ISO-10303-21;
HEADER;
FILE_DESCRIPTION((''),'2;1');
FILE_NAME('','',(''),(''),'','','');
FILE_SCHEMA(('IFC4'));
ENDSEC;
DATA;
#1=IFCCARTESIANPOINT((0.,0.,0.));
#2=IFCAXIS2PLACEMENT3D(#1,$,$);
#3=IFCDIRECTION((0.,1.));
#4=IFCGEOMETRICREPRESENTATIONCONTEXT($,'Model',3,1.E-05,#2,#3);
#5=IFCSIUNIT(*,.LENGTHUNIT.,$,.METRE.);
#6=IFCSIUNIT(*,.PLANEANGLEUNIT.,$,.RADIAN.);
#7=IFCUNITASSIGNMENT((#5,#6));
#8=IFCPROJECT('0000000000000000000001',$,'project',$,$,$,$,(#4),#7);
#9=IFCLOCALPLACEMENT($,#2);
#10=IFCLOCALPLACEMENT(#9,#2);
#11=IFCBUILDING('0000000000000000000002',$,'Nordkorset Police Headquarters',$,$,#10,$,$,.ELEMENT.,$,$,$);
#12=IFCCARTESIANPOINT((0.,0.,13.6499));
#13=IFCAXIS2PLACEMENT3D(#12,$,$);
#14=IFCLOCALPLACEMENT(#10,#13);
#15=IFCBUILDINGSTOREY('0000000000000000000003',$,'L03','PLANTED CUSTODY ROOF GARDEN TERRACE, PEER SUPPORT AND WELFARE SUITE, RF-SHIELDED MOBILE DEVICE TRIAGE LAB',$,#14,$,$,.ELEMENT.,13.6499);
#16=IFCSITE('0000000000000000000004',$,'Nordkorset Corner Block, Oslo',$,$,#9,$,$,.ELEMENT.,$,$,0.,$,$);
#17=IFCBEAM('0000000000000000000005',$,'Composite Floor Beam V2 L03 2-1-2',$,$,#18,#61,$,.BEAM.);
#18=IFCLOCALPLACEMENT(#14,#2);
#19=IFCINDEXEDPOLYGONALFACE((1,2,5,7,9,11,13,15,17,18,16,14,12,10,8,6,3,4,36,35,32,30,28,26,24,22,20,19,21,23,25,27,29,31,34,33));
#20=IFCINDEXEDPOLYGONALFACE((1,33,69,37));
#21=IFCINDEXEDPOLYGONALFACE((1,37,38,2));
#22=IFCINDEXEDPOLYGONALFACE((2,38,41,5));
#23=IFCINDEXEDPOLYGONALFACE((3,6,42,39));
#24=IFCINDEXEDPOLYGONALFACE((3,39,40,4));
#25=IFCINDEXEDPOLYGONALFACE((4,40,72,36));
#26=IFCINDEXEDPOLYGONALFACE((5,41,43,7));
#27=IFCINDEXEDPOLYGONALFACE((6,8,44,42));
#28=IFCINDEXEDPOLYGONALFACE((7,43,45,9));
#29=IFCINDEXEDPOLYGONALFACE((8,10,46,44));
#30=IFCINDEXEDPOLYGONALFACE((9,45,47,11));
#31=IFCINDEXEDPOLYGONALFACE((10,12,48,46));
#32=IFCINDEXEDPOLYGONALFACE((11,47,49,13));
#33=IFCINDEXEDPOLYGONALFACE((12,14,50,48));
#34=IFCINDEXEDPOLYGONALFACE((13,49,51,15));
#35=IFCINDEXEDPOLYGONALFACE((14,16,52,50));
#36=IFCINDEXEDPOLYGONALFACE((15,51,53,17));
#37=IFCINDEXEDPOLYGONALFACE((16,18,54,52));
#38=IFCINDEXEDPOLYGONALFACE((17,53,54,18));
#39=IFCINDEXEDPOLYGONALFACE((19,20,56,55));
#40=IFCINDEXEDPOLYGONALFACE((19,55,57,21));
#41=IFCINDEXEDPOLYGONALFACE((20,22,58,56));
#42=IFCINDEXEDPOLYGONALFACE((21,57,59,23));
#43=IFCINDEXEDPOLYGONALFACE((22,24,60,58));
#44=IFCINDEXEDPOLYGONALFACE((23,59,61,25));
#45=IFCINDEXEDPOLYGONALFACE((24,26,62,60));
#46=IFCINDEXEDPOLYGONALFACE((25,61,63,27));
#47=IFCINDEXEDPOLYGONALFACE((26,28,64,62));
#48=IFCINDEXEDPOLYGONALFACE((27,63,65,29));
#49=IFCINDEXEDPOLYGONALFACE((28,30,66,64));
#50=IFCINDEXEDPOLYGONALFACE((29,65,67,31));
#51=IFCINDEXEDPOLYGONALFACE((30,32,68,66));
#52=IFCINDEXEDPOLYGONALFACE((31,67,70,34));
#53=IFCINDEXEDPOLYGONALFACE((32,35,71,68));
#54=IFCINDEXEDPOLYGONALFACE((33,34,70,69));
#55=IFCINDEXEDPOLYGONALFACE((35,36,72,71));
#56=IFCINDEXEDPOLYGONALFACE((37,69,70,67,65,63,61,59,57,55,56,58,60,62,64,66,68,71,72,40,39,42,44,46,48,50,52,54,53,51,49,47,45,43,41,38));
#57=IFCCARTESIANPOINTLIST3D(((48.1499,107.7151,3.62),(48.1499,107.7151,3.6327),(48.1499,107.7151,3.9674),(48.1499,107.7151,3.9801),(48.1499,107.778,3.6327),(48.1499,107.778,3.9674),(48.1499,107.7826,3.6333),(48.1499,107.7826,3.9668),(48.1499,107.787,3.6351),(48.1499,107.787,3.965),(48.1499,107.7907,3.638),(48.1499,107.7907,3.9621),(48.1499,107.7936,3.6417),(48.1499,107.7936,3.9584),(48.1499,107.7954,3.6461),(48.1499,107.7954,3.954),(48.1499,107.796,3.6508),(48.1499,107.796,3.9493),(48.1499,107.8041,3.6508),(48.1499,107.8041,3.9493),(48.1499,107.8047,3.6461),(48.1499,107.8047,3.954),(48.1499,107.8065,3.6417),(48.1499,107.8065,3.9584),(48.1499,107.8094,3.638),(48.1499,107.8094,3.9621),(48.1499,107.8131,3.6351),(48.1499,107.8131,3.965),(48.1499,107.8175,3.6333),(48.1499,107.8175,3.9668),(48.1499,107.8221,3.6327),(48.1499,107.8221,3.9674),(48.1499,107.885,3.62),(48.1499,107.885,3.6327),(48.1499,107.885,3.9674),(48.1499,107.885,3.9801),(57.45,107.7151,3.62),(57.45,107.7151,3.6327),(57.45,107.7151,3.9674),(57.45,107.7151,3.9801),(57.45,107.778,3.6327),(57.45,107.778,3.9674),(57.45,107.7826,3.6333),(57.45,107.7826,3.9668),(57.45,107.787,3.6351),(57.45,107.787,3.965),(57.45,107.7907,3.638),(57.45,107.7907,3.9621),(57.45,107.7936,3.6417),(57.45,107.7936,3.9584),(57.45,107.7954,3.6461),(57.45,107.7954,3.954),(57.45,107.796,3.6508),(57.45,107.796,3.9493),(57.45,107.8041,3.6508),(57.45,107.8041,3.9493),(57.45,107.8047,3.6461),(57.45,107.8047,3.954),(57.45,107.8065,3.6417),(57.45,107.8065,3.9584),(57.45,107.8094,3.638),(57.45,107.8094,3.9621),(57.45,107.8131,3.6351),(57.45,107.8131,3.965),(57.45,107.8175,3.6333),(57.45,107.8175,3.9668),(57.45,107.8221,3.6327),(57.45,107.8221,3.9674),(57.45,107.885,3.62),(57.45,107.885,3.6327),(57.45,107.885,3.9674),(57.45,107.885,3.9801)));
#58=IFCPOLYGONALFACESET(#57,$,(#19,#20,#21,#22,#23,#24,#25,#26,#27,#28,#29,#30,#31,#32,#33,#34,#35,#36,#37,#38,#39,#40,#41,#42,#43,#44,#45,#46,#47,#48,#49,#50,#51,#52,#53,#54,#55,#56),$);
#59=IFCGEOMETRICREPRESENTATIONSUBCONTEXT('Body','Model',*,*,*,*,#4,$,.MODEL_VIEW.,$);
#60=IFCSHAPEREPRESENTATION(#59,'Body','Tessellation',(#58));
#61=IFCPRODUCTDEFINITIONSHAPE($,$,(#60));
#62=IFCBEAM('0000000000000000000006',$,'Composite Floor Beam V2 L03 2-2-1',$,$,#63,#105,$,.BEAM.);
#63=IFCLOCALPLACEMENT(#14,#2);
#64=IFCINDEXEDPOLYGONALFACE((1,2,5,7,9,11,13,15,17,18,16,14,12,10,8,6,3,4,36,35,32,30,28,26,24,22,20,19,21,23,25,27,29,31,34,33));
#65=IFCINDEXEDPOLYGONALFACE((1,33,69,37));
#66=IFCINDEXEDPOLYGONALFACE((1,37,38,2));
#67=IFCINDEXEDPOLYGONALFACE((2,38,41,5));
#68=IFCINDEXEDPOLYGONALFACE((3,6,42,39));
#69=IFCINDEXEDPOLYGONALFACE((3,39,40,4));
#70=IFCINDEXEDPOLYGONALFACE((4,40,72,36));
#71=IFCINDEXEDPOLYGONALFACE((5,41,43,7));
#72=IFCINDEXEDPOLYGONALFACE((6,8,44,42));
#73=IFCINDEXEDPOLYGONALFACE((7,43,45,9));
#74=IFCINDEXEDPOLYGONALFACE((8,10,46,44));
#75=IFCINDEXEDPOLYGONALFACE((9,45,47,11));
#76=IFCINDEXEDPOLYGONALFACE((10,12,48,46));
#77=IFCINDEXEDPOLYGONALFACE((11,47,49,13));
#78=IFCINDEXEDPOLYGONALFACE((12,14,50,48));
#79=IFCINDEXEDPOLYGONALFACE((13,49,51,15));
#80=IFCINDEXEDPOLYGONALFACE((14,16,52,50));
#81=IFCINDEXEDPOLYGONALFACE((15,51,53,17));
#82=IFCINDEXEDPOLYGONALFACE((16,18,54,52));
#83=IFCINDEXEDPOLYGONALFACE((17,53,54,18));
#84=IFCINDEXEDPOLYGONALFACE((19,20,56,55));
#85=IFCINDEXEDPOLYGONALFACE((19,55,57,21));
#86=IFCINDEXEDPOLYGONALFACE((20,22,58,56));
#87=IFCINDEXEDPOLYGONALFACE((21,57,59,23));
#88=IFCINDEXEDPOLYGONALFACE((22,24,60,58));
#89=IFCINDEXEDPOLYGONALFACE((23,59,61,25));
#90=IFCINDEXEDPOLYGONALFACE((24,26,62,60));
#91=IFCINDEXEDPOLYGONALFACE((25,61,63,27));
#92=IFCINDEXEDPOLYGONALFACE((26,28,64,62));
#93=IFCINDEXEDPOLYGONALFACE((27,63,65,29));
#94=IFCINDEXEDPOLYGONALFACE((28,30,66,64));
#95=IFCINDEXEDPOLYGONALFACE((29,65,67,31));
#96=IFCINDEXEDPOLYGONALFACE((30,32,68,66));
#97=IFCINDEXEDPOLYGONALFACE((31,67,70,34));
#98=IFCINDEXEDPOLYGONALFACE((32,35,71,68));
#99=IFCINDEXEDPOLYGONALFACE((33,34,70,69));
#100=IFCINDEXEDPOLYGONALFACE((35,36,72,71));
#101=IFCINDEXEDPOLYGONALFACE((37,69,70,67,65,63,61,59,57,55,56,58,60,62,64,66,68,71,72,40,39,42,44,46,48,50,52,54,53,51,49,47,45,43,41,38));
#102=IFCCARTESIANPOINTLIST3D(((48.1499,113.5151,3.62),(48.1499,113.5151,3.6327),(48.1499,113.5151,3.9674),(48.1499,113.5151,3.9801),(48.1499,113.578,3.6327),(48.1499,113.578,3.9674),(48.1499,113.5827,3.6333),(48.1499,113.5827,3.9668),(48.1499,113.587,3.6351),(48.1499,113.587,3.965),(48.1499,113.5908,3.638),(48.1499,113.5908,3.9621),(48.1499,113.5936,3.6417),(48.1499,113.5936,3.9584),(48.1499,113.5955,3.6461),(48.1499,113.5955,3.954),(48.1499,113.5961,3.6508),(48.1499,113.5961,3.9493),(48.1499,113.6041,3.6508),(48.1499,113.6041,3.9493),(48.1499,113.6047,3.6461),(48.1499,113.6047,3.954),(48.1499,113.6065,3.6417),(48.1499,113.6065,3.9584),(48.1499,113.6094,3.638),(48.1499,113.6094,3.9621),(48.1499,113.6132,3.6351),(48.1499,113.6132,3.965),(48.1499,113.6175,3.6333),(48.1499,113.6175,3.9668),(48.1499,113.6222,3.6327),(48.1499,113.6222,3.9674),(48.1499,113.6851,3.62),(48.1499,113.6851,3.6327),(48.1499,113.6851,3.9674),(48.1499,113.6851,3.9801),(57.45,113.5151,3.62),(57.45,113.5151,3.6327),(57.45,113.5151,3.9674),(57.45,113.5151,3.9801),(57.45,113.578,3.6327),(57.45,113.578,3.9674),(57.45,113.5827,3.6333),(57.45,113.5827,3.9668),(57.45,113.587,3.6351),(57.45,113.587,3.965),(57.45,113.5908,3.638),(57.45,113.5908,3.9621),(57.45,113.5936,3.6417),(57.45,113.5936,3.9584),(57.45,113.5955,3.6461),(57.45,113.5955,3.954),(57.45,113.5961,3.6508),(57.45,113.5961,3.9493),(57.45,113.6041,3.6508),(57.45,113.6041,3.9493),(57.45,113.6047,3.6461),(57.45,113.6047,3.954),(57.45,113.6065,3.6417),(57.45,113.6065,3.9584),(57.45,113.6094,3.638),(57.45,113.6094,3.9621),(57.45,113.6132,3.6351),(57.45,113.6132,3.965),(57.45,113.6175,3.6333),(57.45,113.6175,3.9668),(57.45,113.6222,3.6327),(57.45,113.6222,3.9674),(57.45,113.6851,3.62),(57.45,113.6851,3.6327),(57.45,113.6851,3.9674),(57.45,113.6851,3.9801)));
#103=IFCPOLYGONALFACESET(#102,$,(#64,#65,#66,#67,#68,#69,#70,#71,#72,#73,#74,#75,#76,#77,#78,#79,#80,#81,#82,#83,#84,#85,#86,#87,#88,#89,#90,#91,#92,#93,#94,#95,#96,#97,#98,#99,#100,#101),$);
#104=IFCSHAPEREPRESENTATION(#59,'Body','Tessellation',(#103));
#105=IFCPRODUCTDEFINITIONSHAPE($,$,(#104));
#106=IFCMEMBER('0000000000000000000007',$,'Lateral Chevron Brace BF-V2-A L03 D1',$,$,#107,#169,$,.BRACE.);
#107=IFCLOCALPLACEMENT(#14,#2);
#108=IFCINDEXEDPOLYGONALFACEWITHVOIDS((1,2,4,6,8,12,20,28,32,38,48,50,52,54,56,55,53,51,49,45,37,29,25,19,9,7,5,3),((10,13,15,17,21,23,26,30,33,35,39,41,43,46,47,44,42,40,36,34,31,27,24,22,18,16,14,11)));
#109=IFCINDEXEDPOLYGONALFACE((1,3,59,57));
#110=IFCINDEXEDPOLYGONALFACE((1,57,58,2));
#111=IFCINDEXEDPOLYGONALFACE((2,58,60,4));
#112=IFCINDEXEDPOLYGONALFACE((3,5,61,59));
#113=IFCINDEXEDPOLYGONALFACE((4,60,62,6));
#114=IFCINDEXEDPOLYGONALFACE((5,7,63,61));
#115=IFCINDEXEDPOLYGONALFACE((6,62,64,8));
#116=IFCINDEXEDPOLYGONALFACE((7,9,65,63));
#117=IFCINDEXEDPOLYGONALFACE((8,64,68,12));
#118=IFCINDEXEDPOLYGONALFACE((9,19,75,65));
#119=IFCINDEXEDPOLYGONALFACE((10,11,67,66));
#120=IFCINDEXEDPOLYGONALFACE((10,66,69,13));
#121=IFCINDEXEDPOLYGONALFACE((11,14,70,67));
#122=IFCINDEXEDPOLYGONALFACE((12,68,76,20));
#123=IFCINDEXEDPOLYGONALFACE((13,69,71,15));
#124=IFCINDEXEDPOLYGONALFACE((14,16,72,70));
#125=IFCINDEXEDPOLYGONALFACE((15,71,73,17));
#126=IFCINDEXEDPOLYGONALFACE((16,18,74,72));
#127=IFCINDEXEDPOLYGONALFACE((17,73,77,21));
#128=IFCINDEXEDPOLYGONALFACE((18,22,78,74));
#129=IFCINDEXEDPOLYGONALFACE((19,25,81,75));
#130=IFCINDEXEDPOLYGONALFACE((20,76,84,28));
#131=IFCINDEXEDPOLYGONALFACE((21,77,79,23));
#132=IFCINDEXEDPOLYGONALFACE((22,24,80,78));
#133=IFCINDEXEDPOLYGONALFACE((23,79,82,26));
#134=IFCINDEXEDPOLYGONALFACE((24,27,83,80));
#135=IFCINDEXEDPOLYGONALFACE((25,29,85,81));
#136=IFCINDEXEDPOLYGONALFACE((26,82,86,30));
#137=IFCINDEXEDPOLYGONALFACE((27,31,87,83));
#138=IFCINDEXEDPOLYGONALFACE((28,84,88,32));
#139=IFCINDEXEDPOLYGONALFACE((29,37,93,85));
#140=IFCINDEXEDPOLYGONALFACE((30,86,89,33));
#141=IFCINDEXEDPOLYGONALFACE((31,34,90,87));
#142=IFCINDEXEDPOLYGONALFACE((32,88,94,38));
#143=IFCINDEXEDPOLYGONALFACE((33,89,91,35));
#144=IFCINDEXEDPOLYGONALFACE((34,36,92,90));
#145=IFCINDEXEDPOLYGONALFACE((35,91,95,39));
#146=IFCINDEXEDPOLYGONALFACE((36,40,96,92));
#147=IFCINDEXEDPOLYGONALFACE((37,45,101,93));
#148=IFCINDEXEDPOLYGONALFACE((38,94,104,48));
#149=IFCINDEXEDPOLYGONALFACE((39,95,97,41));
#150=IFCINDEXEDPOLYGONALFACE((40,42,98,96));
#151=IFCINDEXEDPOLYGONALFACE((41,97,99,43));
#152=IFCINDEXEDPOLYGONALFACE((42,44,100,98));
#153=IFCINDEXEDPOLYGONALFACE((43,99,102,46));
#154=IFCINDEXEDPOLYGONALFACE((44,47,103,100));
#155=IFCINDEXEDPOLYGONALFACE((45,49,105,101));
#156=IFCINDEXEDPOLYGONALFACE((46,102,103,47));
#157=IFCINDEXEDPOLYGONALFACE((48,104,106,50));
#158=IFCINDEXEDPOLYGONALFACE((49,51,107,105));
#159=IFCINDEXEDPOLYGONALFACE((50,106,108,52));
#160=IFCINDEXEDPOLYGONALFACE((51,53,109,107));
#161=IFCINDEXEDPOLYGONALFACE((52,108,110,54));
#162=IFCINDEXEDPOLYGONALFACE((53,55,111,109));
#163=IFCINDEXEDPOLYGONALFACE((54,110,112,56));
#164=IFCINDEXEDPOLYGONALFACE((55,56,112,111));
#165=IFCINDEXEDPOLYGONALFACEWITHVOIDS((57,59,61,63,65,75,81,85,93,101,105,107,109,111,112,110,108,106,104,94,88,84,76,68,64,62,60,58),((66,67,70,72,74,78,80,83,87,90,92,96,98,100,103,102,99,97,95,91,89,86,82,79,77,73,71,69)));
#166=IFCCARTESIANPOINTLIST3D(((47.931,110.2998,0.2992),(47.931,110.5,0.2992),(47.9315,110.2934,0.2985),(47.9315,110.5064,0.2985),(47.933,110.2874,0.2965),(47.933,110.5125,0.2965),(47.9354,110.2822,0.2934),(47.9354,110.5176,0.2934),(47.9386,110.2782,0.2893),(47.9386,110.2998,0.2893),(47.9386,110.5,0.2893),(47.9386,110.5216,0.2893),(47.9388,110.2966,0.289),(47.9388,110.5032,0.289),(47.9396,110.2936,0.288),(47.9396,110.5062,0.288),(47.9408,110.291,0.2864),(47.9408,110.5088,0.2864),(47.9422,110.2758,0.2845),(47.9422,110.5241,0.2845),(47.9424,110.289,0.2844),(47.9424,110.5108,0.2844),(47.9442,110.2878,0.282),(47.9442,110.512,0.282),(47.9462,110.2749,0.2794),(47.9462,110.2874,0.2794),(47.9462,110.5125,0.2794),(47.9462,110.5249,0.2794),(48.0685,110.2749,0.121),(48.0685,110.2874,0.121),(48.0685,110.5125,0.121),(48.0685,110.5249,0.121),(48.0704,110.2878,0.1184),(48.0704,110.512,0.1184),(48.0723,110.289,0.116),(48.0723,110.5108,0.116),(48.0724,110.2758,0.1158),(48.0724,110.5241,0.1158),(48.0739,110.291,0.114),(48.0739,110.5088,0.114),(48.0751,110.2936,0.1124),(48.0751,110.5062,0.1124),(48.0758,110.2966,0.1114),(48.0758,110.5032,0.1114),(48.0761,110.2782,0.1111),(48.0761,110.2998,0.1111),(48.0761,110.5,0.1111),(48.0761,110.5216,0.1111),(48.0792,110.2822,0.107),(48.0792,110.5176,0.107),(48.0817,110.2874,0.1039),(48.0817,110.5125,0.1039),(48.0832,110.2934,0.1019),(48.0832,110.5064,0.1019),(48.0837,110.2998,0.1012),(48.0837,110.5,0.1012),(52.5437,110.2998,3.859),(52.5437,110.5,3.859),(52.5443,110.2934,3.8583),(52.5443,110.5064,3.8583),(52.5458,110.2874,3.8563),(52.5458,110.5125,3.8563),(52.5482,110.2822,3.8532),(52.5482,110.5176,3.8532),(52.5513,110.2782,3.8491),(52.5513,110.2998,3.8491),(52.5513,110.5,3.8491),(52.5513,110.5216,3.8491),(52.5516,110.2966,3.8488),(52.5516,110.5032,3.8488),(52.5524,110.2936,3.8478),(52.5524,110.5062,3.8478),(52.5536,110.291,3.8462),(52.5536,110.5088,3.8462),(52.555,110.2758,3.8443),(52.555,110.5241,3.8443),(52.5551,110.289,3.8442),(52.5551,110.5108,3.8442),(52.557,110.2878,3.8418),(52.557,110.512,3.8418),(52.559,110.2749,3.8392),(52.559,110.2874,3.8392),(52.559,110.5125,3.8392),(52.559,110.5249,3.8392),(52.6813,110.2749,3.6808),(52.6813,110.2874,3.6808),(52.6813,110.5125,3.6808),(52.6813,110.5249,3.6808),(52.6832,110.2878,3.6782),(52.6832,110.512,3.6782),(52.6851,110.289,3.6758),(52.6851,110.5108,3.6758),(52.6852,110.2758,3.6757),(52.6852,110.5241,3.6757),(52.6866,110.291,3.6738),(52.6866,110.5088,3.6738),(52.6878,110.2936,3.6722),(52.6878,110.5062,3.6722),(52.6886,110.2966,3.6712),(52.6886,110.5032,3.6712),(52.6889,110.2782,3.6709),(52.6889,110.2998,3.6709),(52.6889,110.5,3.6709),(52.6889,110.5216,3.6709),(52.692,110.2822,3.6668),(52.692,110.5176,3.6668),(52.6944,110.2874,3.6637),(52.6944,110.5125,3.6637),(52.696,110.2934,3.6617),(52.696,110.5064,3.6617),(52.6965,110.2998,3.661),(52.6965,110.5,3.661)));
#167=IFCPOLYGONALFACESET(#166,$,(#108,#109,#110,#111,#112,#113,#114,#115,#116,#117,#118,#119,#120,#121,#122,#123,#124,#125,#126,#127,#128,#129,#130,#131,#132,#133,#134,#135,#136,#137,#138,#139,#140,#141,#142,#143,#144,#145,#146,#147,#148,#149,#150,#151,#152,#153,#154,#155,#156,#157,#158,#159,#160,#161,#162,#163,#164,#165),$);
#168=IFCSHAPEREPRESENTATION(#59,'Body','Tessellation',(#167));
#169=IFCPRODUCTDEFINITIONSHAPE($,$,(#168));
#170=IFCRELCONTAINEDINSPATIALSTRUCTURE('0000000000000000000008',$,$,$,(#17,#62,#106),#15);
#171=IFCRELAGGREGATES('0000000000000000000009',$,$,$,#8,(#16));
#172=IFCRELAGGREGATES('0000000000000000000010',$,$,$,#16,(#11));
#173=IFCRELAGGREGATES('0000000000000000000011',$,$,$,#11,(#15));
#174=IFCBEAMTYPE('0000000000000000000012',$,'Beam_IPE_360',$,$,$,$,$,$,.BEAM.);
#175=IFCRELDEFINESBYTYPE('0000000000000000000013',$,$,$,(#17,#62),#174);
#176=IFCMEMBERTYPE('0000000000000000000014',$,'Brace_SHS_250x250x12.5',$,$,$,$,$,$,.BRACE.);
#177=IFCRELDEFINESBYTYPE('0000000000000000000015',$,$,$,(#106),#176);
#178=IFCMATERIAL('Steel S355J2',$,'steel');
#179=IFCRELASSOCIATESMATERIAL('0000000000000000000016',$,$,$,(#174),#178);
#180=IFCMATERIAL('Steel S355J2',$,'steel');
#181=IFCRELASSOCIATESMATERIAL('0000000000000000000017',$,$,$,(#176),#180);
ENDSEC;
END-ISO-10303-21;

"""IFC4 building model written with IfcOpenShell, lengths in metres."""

from ifc_helpers import new_model, si_unit, direction, frame, origin, origin_2d, place, context, subcontext, project, spatial, hollow_rectangle, i_section, extrude, material, material_profile, profile_set, type_object, element, save


model = new_model("IFC4")

# Units and contexts
model_context = context("Model", 3, precision=1e-05, world=origin(), true_north=direction((0.0, 1.0)))
body_context = subcontext(model_context, "Body", "Model", "MODEL_VIEW")
ifc_project = project(units=[si_unit("LENGTHUNIT", "METRE"), si_unit("PLANEANGLEUNIT", "RADIAN")], contexts=[model_context])

# Site, building, storey
site_placement = place(None, origin())
site = spatial("IfcSite", under=ifc_project, at=site_placement, Name="Nordkorset Corner Block, Oslo", CompositionType="ELEMENT", RefElevation=0.0)
building_placement = place(site_placement, origin())
building = spatial("IfcBuilding", under=site, at=building_placement, Name="Nordkorset Police Headquarters", CompositionType="ELEMENT")
storey_placement = place(building_placement, frame((0.0, 0.0, 13.6499)))
storey = spatial("IfcBuildingStorey", under=building, at=storey_placement, Name="L03", Description="PLANTED CUSTODY ROOF GARDEN TERRACE, PEER SUPPORT AND WELFARE SUITE, RF-SHIELDED MOBILE DEVICE TRIAGE LAB", CompositionType="ELEMENT", Elevation=13.6499)

# Beams
ifc_material_1 = material(Name="Steel S355J2", Category="steel")
ifc_material_profile_1 = material_profile(ifc_material_1, i_section(OverallWidth=0.1699, OverallDepth=0.3601, WebThickness=0.0081, FlangeThickness=0.0127, FilletRadius=0.0181, at=origin_2d()), Name="IPE 360")
ifc_profile_set_1 = profile_set([ifc_material_profile_1], Name="Steel S355J2")
beam_type_1 = type_object("IfcBeamType", Name="Beam_IPE_360", PredefinedType="BEAM", material=ifc_profile_set_1)
for number, where, z_axis, x_axis, name in (
    (1, (48.1499, 107.8, 3.8), (1.0, 0.0, 0.0), (0.0, 1.0, 0.0), "Composite Floor Beam V2 L03 2-1-2"),
    (2, (48.1499, 113.6001, 3.8), (1.0, 0.0, 0.0), (0.0, 1.0, 0.0), "Composite Floor Beam V2 L03 2-2-1"),
):
    element("IfcBeam", number, at=place(storey_placement, frame(where, z_axis=z_axis, x_axis=x_axis)), inside=storey, type_object=beam_type_1, Name=name, PredefinedType="BEAM", context=body_context, shape_type="SweptSolid", body=[
        extrude(i_section(OverallWidth=0.1699, OverallDepth=0.3601, WebThickness=0.0081, FlangeThickness=0.0127, FilletRadius=0.0181, at=origin_2d()), origin(), (0.0, 0.0, 1.0), 9.3),
    ])

# Member
ifc_material_2 = material(Name="Steel S355J2", Category="steel")
ifc_material_profile_2 = material_profile(ifc_material_2, hollow_rectangle(XDim=0.25, YDim=0.25, WallThickness=0.0125, InnerFilletRadius=0.0125, OuterFilletRadius=0.0249, at=origin_2d()), Name="SHS 250x250x12.5")
ifc_profile_set_2 = profile_set([ifc_material_profile_2], Name="Steel S355J2")
member_type = type_object("IfcMemberType", Name="Brace_SHS_250x250x12.5", PredefinedType="BRACE", material=ifc_profile_set_2)
member_placement = place(storey_placement, frame((48.0073, 110.3999, 0.2002), z_axis=(0.791668, 0.0, 0.610951), x_axis=(0.0, 1.0, 0.0)))
element("IfcMember", 3, at=member_placement, inside=storey, type_object=member_type, Name="Lateral Chevron Brace BF-V2-A L03 D1", PredefinedType="BRACE", context=body_context, shape_type="SweptSolid", body=[
    extrude(hollow_rectangle(XDim=0.25, YDim=0.25, WallThickness=0.0125, InnerFilletRadius=0.0125, OuterFilletRadius=0.0249, at=origin_2d()), origin(), (0.0, 0.0, 1.0), 5.8267),
])

save(model, "model.ifc")
